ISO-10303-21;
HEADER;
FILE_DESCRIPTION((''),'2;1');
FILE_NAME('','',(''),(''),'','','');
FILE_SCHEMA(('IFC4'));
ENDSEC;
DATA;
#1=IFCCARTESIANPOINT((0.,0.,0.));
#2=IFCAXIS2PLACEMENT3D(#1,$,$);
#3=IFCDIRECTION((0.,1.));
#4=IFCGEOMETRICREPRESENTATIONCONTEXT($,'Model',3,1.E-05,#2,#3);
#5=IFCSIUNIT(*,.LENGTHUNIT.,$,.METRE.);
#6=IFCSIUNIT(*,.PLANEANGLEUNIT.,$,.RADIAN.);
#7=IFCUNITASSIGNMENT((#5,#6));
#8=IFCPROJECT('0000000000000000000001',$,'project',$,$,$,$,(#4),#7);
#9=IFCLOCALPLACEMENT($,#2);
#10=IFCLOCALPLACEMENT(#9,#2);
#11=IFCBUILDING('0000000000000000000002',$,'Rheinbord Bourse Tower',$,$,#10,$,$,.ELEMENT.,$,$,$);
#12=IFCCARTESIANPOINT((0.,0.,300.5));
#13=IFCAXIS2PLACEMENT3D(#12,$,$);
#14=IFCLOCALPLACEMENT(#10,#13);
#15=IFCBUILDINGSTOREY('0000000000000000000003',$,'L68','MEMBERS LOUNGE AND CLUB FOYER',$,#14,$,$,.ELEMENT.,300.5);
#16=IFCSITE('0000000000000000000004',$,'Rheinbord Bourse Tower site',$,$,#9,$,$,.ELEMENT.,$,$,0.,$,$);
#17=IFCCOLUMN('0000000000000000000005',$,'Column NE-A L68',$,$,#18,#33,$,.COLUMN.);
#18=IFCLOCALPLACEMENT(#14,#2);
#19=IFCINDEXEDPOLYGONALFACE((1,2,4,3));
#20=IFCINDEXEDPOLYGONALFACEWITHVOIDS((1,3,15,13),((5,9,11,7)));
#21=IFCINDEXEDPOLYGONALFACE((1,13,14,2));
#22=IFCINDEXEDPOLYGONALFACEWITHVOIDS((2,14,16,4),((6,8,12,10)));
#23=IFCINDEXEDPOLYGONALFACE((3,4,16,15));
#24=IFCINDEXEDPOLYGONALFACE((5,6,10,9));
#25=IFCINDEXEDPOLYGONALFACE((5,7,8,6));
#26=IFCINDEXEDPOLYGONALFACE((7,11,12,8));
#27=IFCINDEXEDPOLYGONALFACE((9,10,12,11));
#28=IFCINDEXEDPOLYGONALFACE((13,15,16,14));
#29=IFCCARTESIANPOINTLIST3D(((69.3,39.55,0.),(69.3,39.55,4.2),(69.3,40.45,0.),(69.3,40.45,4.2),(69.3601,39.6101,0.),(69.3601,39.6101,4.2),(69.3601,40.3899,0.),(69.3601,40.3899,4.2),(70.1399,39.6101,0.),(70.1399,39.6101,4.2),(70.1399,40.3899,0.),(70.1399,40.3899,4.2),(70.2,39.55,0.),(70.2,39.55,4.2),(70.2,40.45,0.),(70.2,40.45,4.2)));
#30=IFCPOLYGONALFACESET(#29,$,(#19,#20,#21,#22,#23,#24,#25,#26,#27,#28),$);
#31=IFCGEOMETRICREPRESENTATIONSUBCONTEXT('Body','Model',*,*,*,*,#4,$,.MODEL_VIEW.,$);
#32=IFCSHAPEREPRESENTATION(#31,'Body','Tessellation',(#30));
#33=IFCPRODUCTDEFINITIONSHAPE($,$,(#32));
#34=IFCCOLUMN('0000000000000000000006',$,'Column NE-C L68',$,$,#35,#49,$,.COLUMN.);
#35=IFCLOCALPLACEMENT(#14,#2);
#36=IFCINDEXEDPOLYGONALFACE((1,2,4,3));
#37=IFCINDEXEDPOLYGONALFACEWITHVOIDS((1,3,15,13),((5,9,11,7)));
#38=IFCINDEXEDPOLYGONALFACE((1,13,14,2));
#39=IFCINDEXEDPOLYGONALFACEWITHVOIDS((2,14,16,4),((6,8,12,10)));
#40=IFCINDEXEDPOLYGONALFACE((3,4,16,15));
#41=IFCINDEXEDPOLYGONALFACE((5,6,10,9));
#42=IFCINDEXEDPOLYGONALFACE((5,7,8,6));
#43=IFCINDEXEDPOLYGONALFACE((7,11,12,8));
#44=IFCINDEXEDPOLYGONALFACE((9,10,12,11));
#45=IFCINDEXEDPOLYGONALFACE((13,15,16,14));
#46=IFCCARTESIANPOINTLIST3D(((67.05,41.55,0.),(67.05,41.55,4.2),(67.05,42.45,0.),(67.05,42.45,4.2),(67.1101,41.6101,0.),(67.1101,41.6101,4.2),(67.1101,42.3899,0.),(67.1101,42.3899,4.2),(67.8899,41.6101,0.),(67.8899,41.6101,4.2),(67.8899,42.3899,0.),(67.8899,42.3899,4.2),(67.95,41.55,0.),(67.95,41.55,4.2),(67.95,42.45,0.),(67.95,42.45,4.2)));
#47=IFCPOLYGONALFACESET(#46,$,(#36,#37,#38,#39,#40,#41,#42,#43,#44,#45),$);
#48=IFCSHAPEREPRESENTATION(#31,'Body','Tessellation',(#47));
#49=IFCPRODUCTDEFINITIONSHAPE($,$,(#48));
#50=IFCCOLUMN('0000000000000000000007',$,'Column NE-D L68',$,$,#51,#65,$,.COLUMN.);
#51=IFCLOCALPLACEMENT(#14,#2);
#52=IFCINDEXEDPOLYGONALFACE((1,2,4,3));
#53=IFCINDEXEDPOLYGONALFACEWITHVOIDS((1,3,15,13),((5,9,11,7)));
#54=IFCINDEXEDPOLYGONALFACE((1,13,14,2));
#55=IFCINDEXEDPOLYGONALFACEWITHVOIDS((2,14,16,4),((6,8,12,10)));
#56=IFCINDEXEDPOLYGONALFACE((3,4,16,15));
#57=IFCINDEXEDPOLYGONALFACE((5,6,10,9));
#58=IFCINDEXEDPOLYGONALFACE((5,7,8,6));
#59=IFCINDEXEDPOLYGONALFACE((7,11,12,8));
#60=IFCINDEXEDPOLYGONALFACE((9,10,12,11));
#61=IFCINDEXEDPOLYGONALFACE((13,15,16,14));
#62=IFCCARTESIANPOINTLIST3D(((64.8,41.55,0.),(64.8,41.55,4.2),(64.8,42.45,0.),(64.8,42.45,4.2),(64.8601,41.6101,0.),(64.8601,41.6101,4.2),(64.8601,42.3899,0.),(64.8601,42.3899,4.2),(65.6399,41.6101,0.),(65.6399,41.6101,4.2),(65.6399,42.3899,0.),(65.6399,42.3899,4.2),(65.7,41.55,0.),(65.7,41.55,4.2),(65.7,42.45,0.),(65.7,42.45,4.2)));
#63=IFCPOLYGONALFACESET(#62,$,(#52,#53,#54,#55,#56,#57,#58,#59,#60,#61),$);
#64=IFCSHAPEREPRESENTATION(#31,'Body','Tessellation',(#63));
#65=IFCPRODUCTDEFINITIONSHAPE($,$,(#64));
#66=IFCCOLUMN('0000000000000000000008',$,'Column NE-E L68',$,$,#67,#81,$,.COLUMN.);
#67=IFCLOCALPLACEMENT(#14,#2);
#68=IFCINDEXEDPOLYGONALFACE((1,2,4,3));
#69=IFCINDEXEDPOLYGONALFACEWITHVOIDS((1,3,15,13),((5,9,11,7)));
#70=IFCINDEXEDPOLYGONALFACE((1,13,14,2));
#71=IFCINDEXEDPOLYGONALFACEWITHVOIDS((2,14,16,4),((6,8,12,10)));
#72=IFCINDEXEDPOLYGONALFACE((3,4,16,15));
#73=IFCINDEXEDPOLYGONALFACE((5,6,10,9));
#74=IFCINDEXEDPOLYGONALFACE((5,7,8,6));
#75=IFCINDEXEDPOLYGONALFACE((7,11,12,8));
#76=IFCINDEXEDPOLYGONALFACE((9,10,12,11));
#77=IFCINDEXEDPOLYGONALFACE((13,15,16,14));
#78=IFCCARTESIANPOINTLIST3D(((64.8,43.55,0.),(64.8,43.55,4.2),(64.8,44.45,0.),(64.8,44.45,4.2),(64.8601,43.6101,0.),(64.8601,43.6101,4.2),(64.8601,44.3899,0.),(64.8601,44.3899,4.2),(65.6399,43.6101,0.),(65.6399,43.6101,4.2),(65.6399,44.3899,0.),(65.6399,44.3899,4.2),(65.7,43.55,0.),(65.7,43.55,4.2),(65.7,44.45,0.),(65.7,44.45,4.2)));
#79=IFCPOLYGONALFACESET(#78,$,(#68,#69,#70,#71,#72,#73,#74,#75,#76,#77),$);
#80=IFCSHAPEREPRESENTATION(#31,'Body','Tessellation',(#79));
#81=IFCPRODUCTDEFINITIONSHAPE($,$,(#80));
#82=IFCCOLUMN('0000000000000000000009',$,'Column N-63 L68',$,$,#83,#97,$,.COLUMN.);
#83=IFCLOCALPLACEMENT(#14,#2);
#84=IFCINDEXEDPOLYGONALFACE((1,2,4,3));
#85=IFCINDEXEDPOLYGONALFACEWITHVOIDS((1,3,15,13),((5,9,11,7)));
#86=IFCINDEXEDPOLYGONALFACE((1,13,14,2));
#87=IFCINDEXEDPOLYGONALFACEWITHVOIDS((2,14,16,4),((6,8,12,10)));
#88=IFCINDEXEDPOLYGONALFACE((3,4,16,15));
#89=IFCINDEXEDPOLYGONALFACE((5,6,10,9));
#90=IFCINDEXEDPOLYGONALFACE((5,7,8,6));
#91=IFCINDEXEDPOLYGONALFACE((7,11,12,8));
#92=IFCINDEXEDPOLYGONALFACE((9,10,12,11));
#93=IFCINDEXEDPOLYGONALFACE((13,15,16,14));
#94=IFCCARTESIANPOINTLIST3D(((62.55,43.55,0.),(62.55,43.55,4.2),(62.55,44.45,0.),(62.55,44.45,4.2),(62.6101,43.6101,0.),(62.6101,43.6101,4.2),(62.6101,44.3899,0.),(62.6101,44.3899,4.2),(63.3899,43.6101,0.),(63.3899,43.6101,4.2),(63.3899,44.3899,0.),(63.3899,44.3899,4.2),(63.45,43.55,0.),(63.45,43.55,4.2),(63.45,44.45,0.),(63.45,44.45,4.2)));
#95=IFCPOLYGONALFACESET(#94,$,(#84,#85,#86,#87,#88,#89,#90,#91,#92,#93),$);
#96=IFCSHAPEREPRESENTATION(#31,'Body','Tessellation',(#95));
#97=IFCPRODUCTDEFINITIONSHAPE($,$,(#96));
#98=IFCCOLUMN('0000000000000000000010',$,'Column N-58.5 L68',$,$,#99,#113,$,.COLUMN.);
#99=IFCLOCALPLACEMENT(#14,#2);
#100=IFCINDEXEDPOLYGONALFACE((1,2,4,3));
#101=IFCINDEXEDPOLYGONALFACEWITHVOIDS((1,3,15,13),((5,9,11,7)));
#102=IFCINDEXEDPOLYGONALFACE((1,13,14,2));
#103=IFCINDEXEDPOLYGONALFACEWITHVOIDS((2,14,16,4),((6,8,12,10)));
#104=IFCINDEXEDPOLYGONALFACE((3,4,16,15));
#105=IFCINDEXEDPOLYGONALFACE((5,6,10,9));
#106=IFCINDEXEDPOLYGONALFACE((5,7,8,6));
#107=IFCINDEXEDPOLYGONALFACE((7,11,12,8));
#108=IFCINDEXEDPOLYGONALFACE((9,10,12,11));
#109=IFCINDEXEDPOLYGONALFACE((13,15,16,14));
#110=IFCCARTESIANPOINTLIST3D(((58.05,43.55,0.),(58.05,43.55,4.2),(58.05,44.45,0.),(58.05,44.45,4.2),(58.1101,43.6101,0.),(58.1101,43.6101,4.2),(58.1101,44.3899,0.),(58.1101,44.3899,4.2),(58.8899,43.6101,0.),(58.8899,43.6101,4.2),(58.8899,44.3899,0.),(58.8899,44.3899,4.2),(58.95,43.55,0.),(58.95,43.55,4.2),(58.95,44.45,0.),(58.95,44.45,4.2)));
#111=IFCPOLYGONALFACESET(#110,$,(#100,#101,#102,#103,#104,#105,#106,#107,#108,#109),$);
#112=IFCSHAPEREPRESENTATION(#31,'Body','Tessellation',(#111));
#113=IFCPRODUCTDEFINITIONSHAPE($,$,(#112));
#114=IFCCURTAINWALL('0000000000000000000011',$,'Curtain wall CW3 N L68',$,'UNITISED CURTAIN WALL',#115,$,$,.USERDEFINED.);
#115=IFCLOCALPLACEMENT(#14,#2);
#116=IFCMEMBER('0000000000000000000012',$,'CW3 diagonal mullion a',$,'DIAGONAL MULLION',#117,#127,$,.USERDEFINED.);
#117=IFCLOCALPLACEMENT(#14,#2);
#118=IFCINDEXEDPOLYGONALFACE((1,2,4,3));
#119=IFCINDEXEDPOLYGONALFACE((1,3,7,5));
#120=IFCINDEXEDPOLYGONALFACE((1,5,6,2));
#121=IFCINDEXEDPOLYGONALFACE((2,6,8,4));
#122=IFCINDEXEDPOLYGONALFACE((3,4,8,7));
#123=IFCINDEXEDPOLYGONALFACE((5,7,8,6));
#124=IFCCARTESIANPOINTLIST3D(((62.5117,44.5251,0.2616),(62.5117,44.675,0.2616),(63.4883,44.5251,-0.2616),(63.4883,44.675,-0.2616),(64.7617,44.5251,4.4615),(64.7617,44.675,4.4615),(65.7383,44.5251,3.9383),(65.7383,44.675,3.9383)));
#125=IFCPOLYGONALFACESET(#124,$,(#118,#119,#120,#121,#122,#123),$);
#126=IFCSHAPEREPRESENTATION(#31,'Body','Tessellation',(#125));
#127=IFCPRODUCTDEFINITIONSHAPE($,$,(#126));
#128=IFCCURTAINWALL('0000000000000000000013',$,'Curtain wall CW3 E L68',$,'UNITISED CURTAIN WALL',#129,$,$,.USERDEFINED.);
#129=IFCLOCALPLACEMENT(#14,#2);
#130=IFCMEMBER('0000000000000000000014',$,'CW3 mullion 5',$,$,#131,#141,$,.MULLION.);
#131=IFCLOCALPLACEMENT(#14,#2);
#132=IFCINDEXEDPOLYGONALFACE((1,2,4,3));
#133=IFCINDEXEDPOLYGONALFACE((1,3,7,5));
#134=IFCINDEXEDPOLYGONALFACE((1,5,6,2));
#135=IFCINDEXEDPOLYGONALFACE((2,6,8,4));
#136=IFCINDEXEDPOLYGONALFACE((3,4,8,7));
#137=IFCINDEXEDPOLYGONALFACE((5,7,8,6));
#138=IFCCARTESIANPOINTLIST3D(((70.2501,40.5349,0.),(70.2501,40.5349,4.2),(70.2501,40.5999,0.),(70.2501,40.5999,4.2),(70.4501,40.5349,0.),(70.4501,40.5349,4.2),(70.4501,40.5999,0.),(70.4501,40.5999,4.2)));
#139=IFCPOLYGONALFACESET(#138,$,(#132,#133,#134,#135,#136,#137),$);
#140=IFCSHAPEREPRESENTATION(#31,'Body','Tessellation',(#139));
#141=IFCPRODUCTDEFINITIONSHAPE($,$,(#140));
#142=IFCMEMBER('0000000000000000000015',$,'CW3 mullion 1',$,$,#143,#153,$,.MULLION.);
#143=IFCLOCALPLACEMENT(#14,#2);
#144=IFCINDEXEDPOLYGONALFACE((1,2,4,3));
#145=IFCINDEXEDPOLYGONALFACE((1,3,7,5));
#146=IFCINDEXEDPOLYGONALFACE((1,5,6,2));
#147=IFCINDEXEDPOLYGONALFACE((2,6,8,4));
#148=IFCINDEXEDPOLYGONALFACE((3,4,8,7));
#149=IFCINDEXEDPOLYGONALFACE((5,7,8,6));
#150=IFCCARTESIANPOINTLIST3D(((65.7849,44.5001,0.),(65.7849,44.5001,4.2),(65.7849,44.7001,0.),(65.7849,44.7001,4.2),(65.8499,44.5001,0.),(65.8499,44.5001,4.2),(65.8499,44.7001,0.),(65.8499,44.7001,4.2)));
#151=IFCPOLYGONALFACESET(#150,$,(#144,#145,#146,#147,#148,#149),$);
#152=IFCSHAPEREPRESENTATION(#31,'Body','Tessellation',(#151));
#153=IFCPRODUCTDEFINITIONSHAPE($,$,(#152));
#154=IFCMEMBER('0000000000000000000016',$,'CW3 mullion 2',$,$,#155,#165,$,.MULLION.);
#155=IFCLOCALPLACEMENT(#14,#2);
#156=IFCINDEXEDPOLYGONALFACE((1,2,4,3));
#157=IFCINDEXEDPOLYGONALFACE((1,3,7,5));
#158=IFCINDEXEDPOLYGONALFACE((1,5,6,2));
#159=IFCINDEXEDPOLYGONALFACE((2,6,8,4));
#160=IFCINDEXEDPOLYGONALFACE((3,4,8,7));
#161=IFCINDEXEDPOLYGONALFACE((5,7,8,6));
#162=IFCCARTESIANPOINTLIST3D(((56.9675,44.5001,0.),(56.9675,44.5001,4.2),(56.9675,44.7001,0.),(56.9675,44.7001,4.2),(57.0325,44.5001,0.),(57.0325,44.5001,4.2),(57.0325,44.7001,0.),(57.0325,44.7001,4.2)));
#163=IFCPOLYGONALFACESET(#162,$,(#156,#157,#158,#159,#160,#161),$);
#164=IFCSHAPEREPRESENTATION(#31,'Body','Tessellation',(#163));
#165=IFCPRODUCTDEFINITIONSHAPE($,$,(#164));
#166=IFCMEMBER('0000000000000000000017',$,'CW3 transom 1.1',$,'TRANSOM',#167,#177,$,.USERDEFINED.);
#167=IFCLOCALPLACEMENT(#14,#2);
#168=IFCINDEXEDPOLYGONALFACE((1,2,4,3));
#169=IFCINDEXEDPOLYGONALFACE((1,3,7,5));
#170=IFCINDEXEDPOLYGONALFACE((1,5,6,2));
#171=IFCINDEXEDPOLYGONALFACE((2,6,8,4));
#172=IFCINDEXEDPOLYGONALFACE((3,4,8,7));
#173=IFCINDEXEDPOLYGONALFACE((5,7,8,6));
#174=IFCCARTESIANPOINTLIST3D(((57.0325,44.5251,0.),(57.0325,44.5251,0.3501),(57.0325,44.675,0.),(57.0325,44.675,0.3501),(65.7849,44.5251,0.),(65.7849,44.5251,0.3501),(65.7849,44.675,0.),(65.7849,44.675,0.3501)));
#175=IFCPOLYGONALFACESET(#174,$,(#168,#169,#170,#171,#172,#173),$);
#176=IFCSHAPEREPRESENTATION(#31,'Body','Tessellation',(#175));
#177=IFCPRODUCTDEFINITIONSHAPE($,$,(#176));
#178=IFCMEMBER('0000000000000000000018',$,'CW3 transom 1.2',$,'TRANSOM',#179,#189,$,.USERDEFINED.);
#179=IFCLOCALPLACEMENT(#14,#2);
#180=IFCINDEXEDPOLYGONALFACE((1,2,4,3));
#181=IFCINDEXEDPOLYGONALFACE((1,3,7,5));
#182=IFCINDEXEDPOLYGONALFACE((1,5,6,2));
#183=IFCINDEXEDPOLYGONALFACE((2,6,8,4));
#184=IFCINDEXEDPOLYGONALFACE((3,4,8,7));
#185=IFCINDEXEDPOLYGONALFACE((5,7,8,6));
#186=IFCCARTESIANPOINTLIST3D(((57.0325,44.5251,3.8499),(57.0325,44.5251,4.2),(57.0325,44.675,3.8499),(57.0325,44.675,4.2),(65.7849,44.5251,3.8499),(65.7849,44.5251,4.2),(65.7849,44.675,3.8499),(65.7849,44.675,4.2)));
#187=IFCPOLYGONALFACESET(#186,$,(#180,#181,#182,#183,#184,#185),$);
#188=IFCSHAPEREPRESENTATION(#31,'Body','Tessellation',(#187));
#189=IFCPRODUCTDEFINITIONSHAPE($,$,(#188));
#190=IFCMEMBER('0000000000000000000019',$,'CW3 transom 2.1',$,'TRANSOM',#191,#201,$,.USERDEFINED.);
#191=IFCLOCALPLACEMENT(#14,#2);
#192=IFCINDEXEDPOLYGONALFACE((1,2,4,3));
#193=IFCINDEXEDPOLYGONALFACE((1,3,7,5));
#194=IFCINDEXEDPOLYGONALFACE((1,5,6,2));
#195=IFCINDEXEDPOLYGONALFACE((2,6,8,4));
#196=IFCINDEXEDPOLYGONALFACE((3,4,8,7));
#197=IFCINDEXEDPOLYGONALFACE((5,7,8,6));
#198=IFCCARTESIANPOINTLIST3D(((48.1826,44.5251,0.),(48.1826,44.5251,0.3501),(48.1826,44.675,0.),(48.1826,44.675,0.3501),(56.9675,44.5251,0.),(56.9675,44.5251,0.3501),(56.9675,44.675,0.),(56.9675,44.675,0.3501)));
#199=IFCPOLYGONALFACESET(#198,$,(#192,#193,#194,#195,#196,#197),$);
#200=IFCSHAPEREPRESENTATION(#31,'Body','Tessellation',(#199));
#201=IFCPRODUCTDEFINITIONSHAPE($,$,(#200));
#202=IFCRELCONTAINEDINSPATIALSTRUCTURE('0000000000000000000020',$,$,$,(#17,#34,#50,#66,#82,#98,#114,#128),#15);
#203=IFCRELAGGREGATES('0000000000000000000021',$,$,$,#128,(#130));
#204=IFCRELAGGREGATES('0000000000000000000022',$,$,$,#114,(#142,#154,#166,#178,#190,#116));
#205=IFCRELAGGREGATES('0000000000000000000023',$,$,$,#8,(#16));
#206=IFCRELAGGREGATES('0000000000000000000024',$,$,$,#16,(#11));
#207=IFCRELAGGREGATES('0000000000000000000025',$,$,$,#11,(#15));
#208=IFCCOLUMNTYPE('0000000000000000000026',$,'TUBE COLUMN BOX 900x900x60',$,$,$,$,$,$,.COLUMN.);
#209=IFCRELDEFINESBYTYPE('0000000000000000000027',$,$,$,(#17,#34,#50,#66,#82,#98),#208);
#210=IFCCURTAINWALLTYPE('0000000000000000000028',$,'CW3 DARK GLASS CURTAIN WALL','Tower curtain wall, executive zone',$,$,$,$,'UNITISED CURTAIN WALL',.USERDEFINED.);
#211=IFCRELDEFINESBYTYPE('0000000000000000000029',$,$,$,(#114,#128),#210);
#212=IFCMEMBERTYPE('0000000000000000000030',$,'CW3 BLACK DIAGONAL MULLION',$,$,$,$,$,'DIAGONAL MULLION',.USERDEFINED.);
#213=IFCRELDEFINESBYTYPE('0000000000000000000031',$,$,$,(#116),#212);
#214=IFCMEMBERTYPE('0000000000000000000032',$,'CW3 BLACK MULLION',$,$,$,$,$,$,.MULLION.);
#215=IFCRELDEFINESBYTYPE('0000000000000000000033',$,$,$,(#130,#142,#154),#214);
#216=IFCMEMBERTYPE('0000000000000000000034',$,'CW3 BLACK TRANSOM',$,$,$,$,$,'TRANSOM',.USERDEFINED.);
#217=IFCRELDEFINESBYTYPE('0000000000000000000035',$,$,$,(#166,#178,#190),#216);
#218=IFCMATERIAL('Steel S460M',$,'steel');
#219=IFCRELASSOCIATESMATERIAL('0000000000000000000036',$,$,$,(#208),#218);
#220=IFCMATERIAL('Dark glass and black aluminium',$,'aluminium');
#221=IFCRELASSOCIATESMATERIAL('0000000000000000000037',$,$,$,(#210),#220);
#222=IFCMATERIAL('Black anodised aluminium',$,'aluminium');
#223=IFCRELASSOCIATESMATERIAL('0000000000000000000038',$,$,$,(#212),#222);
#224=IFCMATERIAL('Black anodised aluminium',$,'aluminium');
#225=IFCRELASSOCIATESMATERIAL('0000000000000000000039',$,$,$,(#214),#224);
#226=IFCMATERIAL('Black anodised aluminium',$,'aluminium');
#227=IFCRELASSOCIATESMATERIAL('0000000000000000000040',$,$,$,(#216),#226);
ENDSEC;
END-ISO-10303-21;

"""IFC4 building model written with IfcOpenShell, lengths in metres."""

from ifc_helpers import new_model, si_unit, direction, frame, origin, origin_2d, place, context, subcontext, project, spatial, rectangle, hollow_rectangle, extrude, material, material_profile, profile_set, type_object, element, aggregate, save


model = new_model("IFC4")

# Units and contexts
model_context = context("Model", 3, precision=1e-05, world=origin(), true_north=direction((0.0, 1.0)))
body_context = subcontext(model_context, "Body", "Model", "MODEL_VIEW")
ifc_project = project(units=[si_unit("LENGTHUNIT", "METRE"), si_unit("PLANEANGLEUNIT", "RADIAN")], contexts=[model_context])

# Site, building, storey
site_placement = place(None, origin())
site = spatial("IfcSite", under=ifc_project, at=site_placement, Name="Rheinbord Bourse Tower site", CompositionType="ELEMENT", RefElevation=0.0)
building_placement = place(site_placement, origin())
building = spatial("IfcBuilding", under=site, at=building_placement, Name="Rheinbord Bourse Tower", CompositionType="ELEMENT")
storey_placement = place(building_placement, frame((0.0, 0.0, 300.5)))
storey = spatial("IfcBuildingStorey", under=building, at=storey_placement, Name="L68", Description="MEMBERS LOUNGE AND CLUB FOYER", CompositionType="ELEMENT", Elevation=300.5)

# Columns
ifc_material_1 = material(Name="Steel S460M", Category="steel")
ifc_material_profile_1 = material_profile(ifc_material_1, hollow_rectangle(XDim=0.8999, YDim=0.8999, WallThickness=0.0601, at=origin_2d()), Name="BOX 900x900x60")
ifc_profile_set_1 = profile_set([ifc_material_profile_1], Name="Steel S460M")
column_type = type_object("IfcColumnType", Name="TUBE COLUMN BOX 900x900x60", PredefinedType="COLUMN", material=ifc_profile_set_1)
for number, where, z_axis, x_axis, name in (
    (1, (69.75, 40.0, 0.0), (0.0, 0.0, 1.0), (1.0, 0.0, 0.0), "Column NE-A L68"),
    (2, (67.5, 42.0, 0.0), (0.0, 0.0, 1.0), (1.0, 0.0, 0.0), "Column NE-C L68"),
    (3, (65.25, 42.0, 0.0), (0.0, 0.0, 1.0), (0.0, 1.0, 0.0), "Column NE-D L68"),
    (4, (65.25, 44.0, 0.0), (0.0, 0.0, 1.0), (0.0, 1.0, 0.0), "Column NE-E L68"),
    (5, (63.0, 44.0, 0.0), (0.0, 0.0, 1.0), (0.0, 1.0, 0.0), "Column N-63 L68"),
    (6, (58.5, 44.0, 0.0), (0.0, 0.0, 1.0), (0.0, 1.0, 0.0), "Column N-58.5 L68"),
):
    element("IfcColumn", number, at=place(storey_placement, frame(where, z_axis=z_axis, x_axis=x_axis)), inside=storey, type_object=column_type, Name=name, PredefinedType="COLUMN", context=body_context, shape_type="SweptSolid", body=[
        extrude(hollow_rectangle(XDim=0.8999, YDim=0.8999, WallThickness=0.0601, at=origin_2d()), origin(), (0.0, 0.0, 1.0), 4.2),
    ])

# Curtain walls, members
ifc_material_2 = material(Name="Dark glass and black aluminium", Category="aluminium")
curtain_wall_type = type_object("IfcCurtainWallType", Name="CW3 DARK GLASS CURTAIN WALL", Description="Tower curtain wall, executive zone", ElementType="UNITISED CURTAIN WALL", PredefinedType="USERDEFINED", material=ifc_material_2)
curtain_wall_1_placement = place(storey_placement, origin())
curtain_wall_1 = element("IfcCurtainWall", 7, at=curtain_wall_1_placement, inside=storey, type_object=curtain_wall_type, Name="Curtain wall CW3 N L68", ObjectType="UNITISED CURTAIN WALL", PredefinedType="USERDEFINED")
ifc_material_3 = material(Name="Black anodised aluminium", Category="aluminium")
ifc_material_profile_2 = material_profile(ifc_material_3, rectangle(XDim=0.1499, YDim=1.1079, at=origin_2d()), Name="CW3 DIAGONAL MULLION 1108x150")
ifc_profile_set_2 = profile_set([ifc_material_profile_2], Name="Black anodised aluminium")
member_type_1 = type_object("IfcMemberType", Name="CW3 BLACK DIAGONAL MULLION", ElementType="DIAGONAL MULLION", PredefinedType="USERDEFINED", material=ifc_profile_set_2)
member_1_placement = place(storey_placement, frame((63.0, 44.6001, 0.0), z_axis=(0.472226, 0.0, 0.881478), x_axis=(0.0, 1.0, 0.0)))
member_1 = element("IfcMember", 8, at=member_1_placement, type_object=member_type_1, Name="CW3 diagonal mullion a", ObjectType="DIAGONAL MULLION", PredefinedType="USERDEFINED", context=body_context, shape_type="SweptSolid", body=[
    extrude(rectangle(XDim=0.1499, YDim=1.1079, at=origin_2d()), origin(), (0.0, 0.0, 1.0), 4.7646),
])
curtain_wall_2_placement = place(storey_placement, origin())
curtain_wall_2 = element("IfcCurtainWall", 9, at=curtain_wall_2_placement, inside=storey, type_object=curtain_wall_type, Name="Curtain wall CW3 E L68", ObjectType="UNITISED CURTAIN WALL", PredefinedType="USERDEFINED")
ifc_material_4 = material(Name="Black anodised aluminium", Category="aluminium")
ifc_material_profile_3 = material_profile(ifc_material_4, rectangle(XDim=0.2, YDim=0.0649, at=origin_2d()), Name="CW3 MULLION 65x200")
ifc_profile_set_3 = profile_set([ifc_material_profile_3], Name="Black anodised aluminium")
member_type_2 = type_object("IfcMemberType", Name="CW3 BLACK MULLION", PredefinedType="MULLION", material=ifc_profile_set_3)
member_2_placement = place(storey_placement, frame((70.3501, 40.5674, 0.0), z_axis=(0.0, 0.0, 1.0), x_axis=(-1.0, 0.0, 0.0)))
member_2 = element("IfcMember", 10, at=member_2_placement, type_object=member_type_2, Name="CW3 mullion 5", PredefinedType="MULLION", context=body_context, shape_type="SweptSolid", body=[
    extrude(rectangle(XDim=0.2, YDim=0.0649, at=origin_2d()), origin(), (0.0, 0.0, 1.0), 4.2),
])

# Members
member_3_placement = place(storey_placement, frame((65.8174, 44.6001, 0.0), z_axis=(0.0, 0.0, 1.0), x_axis=(0.0, -1.0, 0.0)))
member_3 = element("IfcMember", 11, at=member_3_placement, type_object=member_type_2, Name="CW3 mullion 1", PredefinedType="MULLION", context=body_context, shape_type="SweptSolid", body=[
    extrude(rectangle(XDim=0.2, YDim=0.0649, at=origin_2d()), origin(), (0.0, 0.0, 1.0), 4.2),
])
member_4_placement = place(storey_placement, frame((57.0, 44.6001, 0.0), z_axis=(0.0, 0.0, 1.0), x_axis=(0.0, -1.0, 0.0)))
member_4 = element("IfcMember", 12, at=member_4_placement, type_object=member_type_2, Name="CW3 mullion 2", PredefinedType="MULLION", context=body_context, shape_type="SweptSolid", body=[
    extrude(rectangle(XDim=0.2, YDim=0.0649, at=origin_2d()), origin(), (0.0, 0.0, 1.0), 4.2),
])
ifc_material_5 = material(Name="Black anodised aluminium", Category="aluminium")
ifc_material_profile_4 = material_profile(ifc_material_5, rectangle(XDim=0.1499, YDim=0.3501, at=origin_2d()), Name="CW3 TRANSOM 350x150")
ifc_profile_set_4 = profile_set([ifc_material_profile_4], Name="Black anodised aluminium")
member_type_3 = type_object("IfcMemberType", Name="CW3 BLACK TRANSOM", ElementType="TRANSOM", PredefinedType="USERDEFINED", material=ifc_profile_set_4)
member_5_placement = place(storey_placement, frame((65.7849, 44.6001, 0.175), z_axis=(-1.0, 0.0, 0.0), x_axis=(0.0, -1.0, 0.0)))
member_5 = element("IfcMember", 13, at=member_5_placement, type_object=member_type_3, Name="CW3 transom 1.1", ObjectType="TRANSOM", PredefinedType="USERDEFINED", context=body_context, shape_type="SweptSolid", body=[
    extrude(rectangle(XDim=0.1499, YDim=0.3501, at=origin_2d()), origin(), (0.0, 0.0, 1.0), 8.7524),
])
member_6_placement = place(storey_placement, frame((65.7849, 44.6001, 4.0249), z_axis=(-1.0, 0.0, 0.0), x_axis=(0.0, -1.0, 0.0)))
member_6 = element("IfcMember", 14, at=member_6_placement, type_object=member_type_3, Name="CW3 transom 1.2", ObjectType="TRANSOM", PredefinedType="USERDEFINED", context=body_context, shape_type="SweptSolid", body=[
    extrude(rectangle(XDim=0.1499, YDim=0.3501, at=origin_2d()), origin(), (0.0, 0.0, 1.0), 8.7524),
])
member_7_placement = place(storey_placement, frame((56.9675, 44.6001, 0.175), z_axis=(-1.0, 0.0, 0.0), x_axis=(0.0, -1.0, 0.0)))
member_7 = element("IfcMember", 15, at=member_7_placement, type_object=member_type_3, Name="CW3 transom 2.1", ObjectType="TRANSOM", PredefinedType="USERDEFINED", context=body_context, shape_type="SweptSolid", body=[
    extrude(rectangle(XDim=0.1499, YDim=0.3501, at=origin_2d()), origin(), (0.0, 0.0, 1.0), 8.7849),
])

aggregate(curtain_wall_2, [member_2])
aggregate(curtain_wall_1, [member_3, member_4, member_5, member_6, member_7, member_1])

save(model, "model.ifc")
